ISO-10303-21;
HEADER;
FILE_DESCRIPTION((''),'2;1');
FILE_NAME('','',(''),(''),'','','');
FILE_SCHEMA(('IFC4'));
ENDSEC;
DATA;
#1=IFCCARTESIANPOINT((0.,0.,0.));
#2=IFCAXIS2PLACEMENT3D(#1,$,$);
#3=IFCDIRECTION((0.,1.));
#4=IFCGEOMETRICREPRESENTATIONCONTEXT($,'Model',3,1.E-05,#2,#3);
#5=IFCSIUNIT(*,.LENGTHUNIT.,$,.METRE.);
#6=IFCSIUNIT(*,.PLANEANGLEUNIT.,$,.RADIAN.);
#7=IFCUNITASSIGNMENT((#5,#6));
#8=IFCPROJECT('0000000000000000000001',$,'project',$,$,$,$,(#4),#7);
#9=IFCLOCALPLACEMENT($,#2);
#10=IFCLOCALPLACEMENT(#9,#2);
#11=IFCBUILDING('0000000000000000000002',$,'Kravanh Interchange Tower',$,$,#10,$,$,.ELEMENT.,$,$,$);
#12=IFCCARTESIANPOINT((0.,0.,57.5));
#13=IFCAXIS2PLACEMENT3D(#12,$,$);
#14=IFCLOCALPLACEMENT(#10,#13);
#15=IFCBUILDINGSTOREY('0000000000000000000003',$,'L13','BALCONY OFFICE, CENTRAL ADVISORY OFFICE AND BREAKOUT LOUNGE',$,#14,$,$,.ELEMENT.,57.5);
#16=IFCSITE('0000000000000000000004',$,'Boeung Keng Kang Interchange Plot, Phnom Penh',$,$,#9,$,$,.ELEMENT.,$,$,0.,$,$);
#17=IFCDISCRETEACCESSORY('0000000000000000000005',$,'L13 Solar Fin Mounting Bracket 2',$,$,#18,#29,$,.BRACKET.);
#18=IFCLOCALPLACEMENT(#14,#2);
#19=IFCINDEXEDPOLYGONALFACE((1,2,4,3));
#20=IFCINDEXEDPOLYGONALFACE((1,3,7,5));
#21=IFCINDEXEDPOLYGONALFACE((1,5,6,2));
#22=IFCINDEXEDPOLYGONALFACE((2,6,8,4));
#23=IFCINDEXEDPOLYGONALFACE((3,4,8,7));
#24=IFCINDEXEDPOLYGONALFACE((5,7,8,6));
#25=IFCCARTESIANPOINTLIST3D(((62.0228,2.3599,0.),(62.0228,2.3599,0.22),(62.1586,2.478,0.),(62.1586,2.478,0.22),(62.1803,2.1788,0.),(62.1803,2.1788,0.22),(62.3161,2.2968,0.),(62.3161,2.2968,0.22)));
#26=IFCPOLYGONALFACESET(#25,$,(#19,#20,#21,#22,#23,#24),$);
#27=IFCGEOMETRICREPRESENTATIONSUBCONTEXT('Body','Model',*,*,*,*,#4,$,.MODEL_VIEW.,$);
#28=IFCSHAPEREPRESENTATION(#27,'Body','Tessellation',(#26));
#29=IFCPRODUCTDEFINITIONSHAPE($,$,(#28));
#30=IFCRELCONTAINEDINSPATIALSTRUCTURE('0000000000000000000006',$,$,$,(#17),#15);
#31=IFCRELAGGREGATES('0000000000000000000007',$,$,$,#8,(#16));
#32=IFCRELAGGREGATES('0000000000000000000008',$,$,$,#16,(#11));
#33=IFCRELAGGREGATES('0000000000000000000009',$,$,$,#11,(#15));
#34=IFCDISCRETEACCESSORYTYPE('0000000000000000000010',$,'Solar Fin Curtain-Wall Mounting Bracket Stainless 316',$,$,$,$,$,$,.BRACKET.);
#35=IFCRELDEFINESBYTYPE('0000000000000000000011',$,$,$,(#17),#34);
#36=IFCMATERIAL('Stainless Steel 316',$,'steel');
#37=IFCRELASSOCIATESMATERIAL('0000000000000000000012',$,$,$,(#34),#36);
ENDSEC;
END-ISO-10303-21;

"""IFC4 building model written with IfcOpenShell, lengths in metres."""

from ifc_helpers import new_model, si_unit, direction, frame, origin, origin_2d, place, context, subcontext, project, spatial, rectangle, extrude, material, type_object, element, save


model = new_model("IFC4")

# Units and contexts
model_context = context("Model", 3, precision=1e-05, world=origin(), true_north=direction((0.0, 1.0)))
body_context = subcontext(model_context, "Body", "Model", "MODEL_VIEW")
ifc_project = project(units=[si_unit("LENGTHUNIT", "METRE"), si_unit("PLANEANGLEUNIT", "RADIAN")], contexts=[model_context])

# Site, building, storey
site_placement = place(None, origin())
site = spatial("IfcSite", under=ifc_project, at=site_placement, Name="Boeung Keng Kang Interchange Plot, Phnom Penh", CompositionType="ELEMENT", RefElevation=0.0)
building_placement = place(site_placement, origin())
building = spatial("IfcBuilding", under=site, at=building_placement, Name="Kravanh Interchange Tower", CompositionType="ELEMENT")
storey_placement = place(building_placement, frame((0.0, 0.0, 57.5)))
storey = spatial("IfcBuildingStorey", under=building, at=storey_placement, Name="L13", Description="BALCONY OFFICE, CENTRAL ADVISORY OFFICE AND BREAKOUT LOUNGE", CompositionType="ELEMENT", Elevation=57.5)

# Discrete accessory
ifc_material_1 = material(Name="Stainless Steel 316", Category="steel")
discrete_accessory_type = type_object("IfcDiscreteAccessoryType", Name="Solar Fin Curtain-Wall Mounting Bracket Stainless 316", PredefinedType="BRACKET", material=ifc_material_1)
discrete_accessory_placement = place(storey_placement, frame((62.1694, 2.3284, 0.0), z_axis=(0.0, 0.0, 1.0), x_axis=(0.656068, -0.754702, 0.0)))
element("IfcDiscreteAccessory", 1, at=discrete_accessory_placement, inside=storey, type_object=discrete_accessory_type, Name="L13 Solar Fin Mounting Bracket 2", PredefinedType="BRACKET", context=body_context, shape_type="SweptSolid", body=[
    extrude(rectangle(XDim=0.24, YDim=0.1799, at=origin_2d()), origin(), (0.0, 0.0, 1.0), 0.22),
])

save(model, "model.ifc")
